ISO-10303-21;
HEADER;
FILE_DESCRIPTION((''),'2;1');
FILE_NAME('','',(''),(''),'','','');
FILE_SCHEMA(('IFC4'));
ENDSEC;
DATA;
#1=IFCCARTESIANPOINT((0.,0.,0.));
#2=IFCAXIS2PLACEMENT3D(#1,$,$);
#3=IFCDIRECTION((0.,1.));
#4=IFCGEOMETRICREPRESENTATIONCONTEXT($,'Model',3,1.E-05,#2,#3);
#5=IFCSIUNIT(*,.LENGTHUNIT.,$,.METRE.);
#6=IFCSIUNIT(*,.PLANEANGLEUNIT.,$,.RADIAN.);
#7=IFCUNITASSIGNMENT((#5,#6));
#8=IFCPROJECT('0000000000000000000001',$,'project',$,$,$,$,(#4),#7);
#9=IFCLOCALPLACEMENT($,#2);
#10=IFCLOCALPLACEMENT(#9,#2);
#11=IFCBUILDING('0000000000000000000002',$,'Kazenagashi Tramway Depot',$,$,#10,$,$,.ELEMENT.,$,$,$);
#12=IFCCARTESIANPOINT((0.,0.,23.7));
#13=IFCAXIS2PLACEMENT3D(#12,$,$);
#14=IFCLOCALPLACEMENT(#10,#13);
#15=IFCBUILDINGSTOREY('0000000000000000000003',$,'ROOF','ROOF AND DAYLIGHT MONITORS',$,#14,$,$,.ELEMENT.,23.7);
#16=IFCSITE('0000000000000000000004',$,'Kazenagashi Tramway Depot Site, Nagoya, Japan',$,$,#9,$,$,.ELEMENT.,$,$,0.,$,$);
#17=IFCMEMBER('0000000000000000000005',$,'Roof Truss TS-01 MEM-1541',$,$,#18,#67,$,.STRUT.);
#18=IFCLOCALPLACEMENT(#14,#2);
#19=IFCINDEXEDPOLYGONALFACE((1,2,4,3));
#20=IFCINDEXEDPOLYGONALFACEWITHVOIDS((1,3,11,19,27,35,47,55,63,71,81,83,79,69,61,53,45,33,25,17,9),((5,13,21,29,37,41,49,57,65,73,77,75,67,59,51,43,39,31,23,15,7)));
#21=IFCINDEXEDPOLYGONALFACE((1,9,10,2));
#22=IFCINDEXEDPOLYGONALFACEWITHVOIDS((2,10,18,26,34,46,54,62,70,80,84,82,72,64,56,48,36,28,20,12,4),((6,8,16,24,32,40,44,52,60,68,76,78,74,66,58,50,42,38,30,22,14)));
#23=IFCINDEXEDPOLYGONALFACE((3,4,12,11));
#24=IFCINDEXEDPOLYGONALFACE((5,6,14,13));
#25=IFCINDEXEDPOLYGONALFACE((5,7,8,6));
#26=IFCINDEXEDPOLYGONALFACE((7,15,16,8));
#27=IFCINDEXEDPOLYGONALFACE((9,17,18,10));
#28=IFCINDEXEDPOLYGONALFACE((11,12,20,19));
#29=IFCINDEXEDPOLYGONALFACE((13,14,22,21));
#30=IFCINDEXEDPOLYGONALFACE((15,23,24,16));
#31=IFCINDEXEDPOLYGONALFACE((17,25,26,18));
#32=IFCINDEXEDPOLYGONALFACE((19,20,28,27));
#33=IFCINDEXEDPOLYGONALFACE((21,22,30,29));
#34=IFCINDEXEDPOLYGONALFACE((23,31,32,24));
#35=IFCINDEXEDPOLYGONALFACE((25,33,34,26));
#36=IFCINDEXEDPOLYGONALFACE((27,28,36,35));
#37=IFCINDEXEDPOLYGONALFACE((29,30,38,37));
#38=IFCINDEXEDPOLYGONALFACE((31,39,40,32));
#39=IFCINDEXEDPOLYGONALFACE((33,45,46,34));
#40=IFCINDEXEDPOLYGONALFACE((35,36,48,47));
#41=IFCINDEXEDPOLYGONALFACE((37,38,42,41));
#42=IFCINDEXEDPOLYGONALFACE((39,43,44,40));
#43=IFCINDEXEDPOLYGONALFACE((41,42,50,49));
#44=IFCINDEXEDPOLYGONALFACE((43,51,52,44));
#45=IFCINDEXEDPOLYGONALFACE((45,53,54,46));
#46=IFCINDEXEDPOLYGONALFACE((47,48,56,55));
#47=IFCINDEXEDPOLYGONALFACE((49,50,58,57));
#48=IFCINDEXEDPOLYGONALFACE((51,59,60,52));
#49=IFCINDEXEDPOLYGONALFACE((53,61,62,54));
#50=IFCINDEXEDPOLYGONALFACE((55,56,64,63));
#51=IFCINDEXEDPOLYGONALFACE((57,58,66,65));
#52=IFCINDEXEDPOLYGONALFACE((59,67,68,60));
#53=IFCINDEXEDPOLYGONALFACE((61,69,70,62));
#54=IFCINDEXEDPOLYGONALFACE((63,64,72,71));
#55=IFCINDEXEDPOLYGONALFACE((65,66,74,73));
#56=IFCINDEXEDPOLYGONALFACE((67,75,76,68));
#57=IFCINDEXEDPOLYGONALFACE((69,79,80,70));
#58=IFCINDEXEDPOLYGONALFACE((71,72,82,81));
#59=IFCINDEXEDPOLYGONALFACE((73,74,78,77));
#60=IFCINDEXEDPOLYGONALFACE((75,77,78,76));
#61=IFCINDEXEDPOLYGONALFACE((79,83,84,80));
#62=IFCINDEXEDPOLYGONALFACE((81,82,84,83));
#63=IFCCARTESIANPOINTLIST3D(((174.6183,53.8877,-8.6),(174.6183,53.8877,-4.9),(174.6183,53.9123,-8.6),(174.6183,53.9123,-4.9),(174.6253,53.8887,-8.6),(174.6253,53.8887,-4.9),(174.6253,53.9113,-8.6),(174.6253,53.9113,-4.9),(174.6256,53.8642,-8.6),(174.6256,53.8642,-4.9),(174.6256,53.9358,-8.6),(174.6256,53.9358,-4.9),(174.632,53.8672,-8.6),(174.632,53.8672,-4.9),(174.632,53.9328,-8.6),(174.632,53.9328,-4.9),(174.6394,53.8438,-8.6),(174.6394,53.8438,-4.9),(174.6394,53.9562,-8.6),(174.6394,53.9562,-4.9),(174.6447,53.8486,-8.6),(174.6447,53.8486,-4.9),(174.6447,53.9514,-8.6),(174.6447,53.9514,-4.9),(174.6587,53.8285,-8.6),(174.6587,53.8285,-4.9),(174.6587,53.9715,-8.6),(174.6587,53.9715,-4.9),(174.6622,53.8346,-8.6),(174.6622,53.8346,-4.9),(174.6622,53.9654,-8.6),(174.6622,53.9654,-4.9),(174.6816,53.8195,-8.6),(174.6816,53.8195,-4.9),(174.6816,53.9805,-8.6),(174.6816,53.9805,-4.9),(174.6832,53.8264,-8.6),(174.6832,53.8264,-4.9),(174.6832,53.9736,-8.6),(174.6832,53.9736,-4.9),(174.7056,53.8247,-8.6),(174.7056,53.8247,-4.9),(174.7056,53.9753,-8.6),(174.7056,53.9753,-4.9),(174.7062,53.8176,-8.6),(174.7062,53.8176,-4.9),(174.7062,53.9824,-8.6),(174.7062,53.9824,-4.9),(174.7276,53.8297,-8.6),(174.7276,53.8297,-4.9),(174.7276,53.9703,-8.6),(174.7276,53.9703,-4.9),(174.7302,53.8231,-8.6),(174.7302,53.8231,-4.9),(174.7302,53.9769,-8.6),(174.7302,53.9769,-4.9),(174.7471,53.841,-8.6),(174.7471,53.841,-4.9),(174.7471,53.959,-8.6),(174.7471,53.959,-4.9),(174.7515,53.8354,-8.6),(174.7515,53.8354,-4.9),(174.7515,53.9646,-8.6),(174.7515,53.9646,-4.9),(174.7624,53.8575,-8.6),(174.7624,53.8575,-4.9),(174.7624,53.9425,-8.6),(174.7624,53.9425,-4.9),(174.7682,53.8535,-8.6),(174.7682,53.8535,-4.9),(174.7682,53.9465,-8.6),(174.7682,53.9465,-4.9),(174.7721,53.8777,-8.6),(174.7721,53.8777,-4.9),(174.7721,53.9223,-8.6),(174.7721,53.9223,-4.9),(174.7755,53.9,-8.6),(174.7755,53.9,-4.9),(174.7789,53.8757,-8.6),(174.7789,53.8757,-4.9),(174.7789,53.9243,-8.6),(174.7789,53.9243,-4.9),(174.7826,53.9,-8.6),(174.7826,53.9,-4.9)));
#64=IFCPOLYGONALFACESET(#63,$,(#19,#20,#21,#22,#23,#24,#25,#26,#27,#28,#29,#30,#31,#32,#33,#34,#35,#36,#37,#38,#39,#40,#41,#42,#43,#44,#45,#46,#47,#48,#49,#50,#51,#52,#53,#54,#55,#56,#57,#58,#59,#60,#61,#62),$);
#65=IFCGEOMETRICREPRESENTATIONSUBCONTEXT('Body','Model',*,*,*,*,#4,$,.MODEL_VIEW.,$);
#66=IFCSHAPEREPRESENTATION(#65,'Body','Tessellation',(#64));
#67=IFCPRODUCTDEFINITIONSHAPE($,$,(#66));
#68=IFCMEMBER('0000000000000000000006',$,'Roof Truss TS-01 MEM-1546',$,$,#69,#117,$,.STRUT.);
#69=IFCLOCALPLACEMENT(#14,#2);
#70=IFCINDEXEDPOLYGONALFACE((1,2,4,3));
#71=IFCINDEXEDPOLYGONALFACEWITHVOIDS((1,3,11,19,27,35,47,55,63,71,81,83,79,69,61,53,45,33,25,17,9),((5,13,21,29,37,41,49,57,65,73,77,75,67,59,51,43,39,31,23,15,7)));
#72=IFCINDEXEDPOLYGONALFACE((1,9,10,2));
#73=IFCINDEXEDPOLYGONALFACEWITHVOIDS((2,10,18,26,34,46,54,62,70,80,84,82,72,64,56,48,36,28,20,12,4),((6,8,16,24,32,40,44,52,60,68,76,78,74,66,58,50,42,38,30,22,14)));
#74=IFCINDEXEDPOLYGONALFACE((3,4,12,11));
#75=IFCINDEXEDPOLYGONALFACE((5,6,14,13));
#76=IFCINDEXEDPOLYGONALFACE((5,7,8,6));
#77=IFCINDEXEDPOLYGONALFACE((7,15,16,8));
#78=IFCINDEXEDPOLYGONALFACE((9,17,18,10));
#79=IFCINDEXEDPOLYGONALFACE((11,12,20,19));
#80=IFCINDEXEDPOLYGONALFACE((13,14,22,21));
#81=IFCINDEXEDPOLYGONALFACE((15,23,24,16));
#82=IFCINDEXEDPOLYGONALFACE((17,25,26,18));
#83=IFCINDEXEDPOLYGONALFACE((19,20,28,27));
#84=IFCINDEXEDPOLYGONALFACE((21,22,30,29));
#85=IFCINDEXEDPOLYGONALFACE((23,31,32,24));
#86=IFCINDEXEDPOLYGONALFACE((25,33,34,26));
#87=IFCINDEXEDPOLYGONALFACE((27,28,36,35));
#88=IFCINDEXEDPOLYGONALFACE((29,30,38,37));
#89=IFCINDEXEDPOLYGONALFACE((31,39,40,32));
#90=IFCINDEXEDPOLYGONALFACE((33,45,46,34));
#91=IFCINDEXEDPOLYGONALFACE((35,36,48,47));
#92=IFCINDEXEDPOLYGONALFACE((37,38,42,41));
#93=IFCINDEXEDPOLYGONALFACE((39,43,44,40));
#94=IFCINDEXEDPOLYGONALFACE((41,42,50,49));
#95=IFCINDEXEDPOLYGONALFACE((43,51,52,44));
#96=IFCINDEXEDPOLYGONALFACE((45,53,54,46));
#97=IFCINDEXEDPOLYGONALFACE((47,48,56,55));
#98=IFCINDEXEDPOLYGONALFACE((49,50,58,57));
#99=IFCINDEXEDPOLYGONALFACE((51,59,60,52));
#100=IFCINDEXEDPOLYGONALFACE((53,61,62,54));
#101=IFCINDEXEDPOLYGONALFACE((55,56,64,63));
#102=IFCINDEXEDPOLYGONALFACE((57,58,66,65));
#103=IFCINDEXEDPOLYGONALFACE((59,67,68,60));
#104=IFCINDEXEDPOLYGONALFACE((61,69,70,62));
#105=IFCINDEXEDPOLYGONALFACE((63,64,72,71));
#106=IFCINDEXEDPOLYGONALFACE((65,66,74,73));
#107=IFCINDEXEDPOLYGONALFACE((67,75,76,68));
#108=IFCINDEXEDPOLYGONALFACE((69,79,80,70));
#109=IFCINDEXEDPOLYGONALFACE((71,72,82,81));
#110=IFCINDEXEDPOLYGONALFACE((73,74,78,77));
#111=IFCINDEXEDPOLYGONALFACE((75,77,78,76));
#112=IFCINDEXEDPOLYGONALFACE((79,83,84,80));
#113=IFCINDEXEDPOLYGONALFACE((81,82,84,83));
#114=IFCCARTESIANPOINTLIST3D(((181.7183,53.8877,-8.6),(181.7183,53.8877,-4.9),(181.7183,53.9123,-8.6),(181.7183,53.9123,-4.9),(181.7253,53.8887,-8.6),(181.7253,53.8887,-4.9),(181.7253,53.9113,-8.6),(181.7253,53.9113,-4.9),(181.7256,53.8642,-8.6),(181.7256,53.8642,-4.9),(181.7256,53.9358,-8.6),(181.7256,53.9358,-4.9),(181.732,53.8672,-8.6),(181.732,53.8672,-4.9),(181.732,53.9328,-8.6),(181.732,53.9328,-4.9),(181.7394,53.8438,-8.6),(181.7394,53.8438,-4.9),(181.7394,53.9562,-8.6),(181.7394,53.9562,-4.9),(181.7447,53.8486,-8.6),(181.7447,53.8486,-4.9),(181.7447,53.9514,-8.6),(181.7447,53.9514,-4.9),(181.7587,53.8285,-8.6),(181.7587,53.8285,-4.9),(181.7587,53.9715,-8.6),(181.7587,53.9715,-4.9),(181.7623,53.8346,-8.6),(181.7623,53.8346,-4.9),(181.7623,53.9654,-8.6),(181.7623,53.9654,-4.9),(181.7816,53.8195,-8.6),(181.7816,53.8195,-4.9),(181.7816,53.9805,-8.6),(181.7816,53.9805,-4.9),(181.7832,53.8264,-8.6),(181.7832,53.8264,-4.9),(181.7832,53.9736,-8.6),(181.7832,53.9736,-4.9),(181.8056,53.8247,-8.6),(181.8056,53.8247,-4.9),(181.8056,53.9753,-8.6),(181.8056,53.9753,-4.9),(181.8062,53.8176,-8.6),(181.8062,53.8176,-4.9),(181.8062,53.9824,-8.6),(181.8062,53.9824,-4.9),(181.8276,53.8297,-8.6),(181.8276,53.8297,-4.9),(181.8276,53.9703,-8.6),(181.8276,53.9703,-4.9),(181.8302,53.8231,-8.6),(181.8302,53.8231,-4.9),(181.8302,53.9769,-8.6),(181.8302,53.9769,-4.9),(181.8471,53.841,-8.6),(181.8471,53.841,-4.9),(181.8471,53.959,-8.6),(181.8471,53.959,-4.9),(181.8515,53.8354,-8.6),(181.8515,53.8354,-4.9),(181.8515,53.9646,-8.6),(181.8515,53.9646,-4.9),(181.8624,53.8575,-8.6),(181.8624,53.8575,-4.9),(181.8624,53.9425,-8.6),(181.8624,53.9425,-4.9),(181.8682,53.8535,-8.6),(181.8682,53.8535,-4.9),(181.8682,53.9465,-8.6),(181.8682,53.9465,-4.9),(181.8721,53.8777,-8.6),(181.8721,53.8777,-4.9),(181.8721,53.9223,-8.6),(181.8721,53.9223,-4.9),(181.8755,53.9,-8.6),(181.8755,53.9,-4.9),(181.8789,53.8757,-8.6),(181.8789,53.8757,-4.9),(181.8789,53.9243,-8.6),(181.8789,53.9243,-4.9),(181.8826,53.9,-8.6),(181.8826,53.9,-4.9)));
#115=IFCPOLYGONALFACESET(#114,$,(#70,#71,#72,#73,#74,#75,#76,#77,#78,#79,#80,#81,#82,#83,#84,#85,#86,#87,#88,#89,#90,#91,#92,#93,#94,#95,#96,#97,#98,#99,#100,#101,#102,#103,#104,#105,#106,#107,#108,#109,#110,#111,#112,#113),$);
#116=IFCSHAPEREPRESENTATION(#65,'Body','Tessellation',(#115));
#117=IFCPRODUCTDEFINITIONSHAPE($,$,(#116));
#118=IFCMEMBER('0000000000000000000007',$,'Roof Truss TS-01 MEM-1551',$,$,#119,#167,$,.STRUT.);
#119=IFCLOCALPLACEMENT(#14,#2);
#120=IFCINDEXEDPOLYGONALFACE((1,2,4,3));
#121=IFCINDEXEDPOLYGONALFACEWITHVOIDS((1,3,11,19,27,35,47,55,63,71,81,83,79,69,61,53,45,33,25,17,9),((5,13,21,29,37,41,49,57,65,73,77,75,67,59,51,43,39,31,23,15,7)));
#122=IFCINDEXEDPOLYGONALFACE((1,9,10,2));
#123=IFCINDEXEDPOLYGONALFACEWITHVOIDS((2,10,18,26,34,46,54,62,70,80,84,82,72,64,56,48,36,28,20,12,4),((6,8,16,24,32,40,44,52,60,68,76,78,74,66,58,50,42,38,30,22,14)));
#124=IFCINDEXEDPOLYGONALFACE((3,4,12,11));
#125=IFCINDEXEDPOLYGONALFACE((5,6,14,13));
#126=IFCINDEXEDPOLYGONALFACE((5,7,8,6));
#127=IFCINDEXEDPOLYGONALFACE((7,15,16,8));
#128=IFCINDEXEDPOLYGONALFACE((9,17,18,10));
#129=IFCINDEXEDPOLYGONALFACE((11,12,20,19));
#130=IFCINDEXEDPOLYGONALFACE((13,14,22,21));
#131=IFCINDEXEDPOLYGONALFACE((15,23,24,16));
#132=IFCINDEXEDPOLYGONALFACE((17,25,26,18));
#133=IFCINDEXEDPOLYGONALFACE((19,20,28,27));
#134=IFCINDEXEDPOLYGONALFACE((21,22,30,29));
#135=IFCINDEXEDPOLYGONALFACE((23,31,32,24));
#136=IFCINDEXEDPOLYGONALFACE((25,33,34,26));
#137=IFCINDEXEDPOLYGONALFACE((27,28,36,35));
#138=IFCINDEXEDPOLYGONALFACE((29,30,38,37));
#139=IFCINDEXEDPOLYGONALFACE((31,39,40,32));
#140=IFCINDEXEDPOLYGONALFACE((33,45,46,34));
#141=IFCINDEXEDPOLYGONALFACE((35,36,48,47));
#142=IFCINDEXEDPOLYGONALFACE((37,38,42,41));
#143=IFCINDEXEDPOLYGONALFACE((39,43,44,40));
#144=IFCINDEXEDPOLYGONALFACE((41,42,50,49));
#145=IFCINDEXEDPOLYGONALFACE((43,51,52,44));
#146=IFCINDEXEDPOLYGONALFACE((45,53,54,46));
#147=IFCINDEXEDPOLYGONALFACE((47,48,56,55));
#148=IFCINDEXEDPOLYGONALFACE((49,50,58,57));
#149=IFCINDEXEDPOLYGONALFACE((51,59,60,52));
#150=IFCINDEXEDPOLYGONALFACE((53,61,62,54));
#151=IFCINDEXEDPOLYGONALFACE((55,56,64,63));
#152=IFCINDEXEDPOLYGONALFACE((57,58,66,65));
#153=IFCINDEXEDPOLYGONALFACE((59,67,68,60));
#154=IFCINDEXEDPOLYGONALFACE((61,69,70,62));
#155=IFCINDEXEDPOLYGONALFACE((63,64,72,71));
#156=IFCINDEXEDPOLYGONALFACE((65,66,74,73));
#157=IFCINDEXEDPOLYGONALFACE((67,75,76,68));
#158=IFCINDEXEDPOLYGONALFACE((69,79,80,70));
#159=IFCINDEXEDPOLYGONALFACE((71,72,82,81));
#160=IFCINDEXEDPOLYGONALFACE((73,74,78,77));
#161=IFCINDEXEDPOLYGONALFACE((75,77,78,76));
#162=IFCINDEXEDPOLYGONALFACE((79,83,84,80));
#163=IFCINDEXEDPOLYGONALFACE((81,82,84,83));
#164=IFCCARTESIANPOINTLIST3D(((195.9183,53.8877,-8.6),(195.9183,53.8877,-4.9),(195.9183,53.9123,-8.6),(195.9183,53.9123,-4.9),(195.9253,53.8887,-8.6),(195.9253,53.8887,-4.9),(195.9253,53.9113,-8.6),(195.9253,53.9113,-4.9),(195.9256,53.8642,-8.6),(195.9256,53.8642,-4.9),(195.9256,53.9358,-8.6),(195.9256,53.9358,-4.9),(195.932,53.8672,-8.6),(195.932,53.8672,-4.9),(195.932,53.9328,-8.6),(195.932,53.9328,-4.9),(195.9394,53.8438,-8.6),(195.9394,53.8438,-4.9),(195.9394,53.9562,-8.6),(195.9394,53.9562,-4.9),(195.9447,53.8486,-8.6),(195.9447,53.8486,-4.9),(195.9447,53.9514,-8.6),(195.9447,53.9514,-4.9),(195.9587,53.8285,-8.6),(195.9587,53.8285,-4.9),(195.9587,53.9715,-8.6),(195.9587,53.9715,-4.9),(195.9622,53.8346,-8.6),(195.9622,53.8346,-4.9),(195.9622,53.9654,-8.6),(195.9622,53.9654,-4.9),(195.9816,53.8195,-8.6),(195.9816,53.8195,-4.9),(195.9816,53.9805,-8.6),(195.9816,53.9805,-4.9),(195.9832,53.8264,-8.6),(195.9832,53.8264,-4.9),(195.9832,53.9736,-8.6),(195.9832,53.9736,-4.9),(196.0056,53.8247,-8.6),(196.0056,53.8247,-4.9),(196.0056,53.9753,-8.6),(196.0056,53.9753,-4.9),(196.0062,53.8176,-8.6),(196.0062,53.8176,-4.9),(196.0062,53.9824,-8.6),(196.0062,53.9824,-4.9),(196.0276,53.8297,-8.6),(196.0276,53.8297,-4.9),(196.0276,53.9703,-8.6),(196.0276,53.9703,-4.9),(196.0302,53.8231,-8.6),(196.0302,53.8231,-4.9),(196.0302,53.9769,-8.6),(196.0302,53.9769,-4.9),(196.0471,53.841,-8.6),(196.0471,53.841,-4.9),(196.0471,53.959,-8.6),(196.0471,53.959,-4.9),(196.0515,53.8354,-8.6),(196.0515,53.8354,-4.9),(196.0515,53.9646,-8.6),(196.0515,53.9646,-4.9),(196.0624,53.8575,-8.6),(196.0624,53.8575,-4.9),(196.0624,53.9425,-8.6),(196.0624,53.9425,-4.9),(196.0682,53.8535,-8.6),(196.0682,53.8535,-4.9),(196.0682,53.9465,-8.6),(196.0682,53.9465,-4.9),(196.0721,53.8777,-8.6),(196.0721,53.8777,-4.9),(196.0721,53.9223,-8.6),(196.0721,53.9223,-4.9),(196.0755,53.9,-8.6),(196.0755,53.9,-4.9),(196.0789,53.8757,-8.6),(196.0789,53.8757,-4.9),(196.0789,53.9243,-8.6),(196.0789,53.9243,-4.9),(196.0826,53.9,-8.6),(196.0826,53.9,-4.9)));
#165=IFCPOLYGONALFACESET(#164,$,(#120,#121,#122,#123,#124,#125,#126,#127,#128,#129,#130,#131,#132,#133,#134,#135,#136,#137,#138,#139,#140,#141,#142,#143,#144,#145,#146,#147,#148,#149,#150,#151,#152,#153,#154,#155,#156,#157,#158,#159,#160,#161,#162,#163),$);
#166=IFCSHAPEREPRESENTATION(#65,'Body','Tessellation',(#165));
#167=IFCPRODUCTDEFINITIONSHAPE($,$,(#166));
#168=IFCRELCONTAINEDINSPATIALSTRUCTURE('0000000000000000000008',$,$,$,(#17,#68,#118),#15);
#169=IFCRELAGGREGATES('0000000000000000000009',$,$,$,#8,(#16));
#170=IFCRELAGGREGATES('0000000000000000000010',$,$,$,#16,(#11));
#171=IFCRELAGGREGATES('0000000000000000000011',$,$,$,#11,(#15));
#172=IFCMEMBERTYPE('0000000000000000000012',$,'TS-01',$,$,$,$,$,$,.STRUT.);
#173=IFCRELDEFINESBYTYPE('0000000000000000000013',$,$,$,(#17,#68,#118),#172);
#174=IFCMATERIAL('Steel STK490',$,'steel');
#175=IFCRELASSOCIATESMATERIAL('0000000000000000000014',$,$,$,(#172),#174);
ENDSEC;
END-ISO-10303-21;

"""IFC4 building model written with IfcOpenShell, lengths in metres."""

from ifc_helpers import new_model, si_unit, direction, frame, origin, origin_2d, place, context, subcontext, project, spatial, hollow_circle, extrude, material, material_profile, profile_set, type_object, element, save


model = new_model("IFC4")

# Units and contexts
model_context = context("Model", 3, precision=1e-05, world=origin(), true_north=direction((0.0, 1.0)))
body_context = subcontext(model_context, "Body", "Model", "MODEL_VIEW")
ifc_project = project(units=[si_unit("LENGTHUNIT", "METRE"), si_unit("PLANEANGLEUNIT", "RADIAN")], contexts=[model_context])

# Site, building, storey
site_placement = place(None, origin())
site = spatial("IfcSite", under=ifc_project, at=site_placement, Name="Kazenagashi Tramway Depot Site, Nagoya, Japan", CompositionType="ELEMENT", RefElevation=0.0)
building_placement = place(site_placement, origin())
building = spatial("IfcBuilding", under=site, at=building_placement, Name="Kazenagashi Tramway Depot", CompositionType="ELEMENT")
storey_placement = place(building_placement, frame((0.0, 0.0, 23.7)))
storey = spatial("IfcBuildingStorey", under=building, at=storey_placement, Name="ROOF", Description="ROOF AND DAYLIGHT MONITORS", CompositionType="ELEMENT", Elevation=23.7)

# Members
ifc_material_1 = material(Name="Steel STK490", Category="steel")
ifc_material_profile_1 = material_profile(ifc_material_1, hollow_circle(Radius=0.0826, WallThickness=0.0071, at=origin_2d()), Name="CHS-165.2x7.1")
ifc_profile_set_1 = profile_set([ifc_material_profile_1], Name="Steel STK490")
member_type_1 = type_object("IfcMemberType", Name="TS-01", PredefinedType="STRUT", material=ifc_profile_set_1)
for number, where, z_axis, x_axis, name in (
    (1, (174.7, 53.9, -8.6), (0.0, 0.0, 1.0), (1.0, 0.0, 0.0), "Roof Truss TS-01 MEM-1541"),
    (2, (181.8, 53.9, -8.6), (0.0, 0.0, 1.0), (1.0, 0.0, 0.0), "Roof Truss TS-01 MEM-1546"),
    (3, (196.0, 53.9, -8.6), (0.0, 0.0, 1.0), (1.0, 0.0, 0.0), "Roof Truss TS-01 MEM-1551"),
):
    element("IfcMember", number, at=place(storey_placement, frame(where, z_axis=z_axis, x_axis=x_axis)), inside=storey, type_object=member_type_1, Name=name, PredefinedType="STRUT", context=body_context, shape_type="SweptSolid", body=[
        extrude(hollow_circle(Radius=0.0826, WallThickness=0.0071, at=origin_2d()), origin(), (0.0, 0.0, 1.0), 3.7),
    ])

save(model, "model.ifc")
